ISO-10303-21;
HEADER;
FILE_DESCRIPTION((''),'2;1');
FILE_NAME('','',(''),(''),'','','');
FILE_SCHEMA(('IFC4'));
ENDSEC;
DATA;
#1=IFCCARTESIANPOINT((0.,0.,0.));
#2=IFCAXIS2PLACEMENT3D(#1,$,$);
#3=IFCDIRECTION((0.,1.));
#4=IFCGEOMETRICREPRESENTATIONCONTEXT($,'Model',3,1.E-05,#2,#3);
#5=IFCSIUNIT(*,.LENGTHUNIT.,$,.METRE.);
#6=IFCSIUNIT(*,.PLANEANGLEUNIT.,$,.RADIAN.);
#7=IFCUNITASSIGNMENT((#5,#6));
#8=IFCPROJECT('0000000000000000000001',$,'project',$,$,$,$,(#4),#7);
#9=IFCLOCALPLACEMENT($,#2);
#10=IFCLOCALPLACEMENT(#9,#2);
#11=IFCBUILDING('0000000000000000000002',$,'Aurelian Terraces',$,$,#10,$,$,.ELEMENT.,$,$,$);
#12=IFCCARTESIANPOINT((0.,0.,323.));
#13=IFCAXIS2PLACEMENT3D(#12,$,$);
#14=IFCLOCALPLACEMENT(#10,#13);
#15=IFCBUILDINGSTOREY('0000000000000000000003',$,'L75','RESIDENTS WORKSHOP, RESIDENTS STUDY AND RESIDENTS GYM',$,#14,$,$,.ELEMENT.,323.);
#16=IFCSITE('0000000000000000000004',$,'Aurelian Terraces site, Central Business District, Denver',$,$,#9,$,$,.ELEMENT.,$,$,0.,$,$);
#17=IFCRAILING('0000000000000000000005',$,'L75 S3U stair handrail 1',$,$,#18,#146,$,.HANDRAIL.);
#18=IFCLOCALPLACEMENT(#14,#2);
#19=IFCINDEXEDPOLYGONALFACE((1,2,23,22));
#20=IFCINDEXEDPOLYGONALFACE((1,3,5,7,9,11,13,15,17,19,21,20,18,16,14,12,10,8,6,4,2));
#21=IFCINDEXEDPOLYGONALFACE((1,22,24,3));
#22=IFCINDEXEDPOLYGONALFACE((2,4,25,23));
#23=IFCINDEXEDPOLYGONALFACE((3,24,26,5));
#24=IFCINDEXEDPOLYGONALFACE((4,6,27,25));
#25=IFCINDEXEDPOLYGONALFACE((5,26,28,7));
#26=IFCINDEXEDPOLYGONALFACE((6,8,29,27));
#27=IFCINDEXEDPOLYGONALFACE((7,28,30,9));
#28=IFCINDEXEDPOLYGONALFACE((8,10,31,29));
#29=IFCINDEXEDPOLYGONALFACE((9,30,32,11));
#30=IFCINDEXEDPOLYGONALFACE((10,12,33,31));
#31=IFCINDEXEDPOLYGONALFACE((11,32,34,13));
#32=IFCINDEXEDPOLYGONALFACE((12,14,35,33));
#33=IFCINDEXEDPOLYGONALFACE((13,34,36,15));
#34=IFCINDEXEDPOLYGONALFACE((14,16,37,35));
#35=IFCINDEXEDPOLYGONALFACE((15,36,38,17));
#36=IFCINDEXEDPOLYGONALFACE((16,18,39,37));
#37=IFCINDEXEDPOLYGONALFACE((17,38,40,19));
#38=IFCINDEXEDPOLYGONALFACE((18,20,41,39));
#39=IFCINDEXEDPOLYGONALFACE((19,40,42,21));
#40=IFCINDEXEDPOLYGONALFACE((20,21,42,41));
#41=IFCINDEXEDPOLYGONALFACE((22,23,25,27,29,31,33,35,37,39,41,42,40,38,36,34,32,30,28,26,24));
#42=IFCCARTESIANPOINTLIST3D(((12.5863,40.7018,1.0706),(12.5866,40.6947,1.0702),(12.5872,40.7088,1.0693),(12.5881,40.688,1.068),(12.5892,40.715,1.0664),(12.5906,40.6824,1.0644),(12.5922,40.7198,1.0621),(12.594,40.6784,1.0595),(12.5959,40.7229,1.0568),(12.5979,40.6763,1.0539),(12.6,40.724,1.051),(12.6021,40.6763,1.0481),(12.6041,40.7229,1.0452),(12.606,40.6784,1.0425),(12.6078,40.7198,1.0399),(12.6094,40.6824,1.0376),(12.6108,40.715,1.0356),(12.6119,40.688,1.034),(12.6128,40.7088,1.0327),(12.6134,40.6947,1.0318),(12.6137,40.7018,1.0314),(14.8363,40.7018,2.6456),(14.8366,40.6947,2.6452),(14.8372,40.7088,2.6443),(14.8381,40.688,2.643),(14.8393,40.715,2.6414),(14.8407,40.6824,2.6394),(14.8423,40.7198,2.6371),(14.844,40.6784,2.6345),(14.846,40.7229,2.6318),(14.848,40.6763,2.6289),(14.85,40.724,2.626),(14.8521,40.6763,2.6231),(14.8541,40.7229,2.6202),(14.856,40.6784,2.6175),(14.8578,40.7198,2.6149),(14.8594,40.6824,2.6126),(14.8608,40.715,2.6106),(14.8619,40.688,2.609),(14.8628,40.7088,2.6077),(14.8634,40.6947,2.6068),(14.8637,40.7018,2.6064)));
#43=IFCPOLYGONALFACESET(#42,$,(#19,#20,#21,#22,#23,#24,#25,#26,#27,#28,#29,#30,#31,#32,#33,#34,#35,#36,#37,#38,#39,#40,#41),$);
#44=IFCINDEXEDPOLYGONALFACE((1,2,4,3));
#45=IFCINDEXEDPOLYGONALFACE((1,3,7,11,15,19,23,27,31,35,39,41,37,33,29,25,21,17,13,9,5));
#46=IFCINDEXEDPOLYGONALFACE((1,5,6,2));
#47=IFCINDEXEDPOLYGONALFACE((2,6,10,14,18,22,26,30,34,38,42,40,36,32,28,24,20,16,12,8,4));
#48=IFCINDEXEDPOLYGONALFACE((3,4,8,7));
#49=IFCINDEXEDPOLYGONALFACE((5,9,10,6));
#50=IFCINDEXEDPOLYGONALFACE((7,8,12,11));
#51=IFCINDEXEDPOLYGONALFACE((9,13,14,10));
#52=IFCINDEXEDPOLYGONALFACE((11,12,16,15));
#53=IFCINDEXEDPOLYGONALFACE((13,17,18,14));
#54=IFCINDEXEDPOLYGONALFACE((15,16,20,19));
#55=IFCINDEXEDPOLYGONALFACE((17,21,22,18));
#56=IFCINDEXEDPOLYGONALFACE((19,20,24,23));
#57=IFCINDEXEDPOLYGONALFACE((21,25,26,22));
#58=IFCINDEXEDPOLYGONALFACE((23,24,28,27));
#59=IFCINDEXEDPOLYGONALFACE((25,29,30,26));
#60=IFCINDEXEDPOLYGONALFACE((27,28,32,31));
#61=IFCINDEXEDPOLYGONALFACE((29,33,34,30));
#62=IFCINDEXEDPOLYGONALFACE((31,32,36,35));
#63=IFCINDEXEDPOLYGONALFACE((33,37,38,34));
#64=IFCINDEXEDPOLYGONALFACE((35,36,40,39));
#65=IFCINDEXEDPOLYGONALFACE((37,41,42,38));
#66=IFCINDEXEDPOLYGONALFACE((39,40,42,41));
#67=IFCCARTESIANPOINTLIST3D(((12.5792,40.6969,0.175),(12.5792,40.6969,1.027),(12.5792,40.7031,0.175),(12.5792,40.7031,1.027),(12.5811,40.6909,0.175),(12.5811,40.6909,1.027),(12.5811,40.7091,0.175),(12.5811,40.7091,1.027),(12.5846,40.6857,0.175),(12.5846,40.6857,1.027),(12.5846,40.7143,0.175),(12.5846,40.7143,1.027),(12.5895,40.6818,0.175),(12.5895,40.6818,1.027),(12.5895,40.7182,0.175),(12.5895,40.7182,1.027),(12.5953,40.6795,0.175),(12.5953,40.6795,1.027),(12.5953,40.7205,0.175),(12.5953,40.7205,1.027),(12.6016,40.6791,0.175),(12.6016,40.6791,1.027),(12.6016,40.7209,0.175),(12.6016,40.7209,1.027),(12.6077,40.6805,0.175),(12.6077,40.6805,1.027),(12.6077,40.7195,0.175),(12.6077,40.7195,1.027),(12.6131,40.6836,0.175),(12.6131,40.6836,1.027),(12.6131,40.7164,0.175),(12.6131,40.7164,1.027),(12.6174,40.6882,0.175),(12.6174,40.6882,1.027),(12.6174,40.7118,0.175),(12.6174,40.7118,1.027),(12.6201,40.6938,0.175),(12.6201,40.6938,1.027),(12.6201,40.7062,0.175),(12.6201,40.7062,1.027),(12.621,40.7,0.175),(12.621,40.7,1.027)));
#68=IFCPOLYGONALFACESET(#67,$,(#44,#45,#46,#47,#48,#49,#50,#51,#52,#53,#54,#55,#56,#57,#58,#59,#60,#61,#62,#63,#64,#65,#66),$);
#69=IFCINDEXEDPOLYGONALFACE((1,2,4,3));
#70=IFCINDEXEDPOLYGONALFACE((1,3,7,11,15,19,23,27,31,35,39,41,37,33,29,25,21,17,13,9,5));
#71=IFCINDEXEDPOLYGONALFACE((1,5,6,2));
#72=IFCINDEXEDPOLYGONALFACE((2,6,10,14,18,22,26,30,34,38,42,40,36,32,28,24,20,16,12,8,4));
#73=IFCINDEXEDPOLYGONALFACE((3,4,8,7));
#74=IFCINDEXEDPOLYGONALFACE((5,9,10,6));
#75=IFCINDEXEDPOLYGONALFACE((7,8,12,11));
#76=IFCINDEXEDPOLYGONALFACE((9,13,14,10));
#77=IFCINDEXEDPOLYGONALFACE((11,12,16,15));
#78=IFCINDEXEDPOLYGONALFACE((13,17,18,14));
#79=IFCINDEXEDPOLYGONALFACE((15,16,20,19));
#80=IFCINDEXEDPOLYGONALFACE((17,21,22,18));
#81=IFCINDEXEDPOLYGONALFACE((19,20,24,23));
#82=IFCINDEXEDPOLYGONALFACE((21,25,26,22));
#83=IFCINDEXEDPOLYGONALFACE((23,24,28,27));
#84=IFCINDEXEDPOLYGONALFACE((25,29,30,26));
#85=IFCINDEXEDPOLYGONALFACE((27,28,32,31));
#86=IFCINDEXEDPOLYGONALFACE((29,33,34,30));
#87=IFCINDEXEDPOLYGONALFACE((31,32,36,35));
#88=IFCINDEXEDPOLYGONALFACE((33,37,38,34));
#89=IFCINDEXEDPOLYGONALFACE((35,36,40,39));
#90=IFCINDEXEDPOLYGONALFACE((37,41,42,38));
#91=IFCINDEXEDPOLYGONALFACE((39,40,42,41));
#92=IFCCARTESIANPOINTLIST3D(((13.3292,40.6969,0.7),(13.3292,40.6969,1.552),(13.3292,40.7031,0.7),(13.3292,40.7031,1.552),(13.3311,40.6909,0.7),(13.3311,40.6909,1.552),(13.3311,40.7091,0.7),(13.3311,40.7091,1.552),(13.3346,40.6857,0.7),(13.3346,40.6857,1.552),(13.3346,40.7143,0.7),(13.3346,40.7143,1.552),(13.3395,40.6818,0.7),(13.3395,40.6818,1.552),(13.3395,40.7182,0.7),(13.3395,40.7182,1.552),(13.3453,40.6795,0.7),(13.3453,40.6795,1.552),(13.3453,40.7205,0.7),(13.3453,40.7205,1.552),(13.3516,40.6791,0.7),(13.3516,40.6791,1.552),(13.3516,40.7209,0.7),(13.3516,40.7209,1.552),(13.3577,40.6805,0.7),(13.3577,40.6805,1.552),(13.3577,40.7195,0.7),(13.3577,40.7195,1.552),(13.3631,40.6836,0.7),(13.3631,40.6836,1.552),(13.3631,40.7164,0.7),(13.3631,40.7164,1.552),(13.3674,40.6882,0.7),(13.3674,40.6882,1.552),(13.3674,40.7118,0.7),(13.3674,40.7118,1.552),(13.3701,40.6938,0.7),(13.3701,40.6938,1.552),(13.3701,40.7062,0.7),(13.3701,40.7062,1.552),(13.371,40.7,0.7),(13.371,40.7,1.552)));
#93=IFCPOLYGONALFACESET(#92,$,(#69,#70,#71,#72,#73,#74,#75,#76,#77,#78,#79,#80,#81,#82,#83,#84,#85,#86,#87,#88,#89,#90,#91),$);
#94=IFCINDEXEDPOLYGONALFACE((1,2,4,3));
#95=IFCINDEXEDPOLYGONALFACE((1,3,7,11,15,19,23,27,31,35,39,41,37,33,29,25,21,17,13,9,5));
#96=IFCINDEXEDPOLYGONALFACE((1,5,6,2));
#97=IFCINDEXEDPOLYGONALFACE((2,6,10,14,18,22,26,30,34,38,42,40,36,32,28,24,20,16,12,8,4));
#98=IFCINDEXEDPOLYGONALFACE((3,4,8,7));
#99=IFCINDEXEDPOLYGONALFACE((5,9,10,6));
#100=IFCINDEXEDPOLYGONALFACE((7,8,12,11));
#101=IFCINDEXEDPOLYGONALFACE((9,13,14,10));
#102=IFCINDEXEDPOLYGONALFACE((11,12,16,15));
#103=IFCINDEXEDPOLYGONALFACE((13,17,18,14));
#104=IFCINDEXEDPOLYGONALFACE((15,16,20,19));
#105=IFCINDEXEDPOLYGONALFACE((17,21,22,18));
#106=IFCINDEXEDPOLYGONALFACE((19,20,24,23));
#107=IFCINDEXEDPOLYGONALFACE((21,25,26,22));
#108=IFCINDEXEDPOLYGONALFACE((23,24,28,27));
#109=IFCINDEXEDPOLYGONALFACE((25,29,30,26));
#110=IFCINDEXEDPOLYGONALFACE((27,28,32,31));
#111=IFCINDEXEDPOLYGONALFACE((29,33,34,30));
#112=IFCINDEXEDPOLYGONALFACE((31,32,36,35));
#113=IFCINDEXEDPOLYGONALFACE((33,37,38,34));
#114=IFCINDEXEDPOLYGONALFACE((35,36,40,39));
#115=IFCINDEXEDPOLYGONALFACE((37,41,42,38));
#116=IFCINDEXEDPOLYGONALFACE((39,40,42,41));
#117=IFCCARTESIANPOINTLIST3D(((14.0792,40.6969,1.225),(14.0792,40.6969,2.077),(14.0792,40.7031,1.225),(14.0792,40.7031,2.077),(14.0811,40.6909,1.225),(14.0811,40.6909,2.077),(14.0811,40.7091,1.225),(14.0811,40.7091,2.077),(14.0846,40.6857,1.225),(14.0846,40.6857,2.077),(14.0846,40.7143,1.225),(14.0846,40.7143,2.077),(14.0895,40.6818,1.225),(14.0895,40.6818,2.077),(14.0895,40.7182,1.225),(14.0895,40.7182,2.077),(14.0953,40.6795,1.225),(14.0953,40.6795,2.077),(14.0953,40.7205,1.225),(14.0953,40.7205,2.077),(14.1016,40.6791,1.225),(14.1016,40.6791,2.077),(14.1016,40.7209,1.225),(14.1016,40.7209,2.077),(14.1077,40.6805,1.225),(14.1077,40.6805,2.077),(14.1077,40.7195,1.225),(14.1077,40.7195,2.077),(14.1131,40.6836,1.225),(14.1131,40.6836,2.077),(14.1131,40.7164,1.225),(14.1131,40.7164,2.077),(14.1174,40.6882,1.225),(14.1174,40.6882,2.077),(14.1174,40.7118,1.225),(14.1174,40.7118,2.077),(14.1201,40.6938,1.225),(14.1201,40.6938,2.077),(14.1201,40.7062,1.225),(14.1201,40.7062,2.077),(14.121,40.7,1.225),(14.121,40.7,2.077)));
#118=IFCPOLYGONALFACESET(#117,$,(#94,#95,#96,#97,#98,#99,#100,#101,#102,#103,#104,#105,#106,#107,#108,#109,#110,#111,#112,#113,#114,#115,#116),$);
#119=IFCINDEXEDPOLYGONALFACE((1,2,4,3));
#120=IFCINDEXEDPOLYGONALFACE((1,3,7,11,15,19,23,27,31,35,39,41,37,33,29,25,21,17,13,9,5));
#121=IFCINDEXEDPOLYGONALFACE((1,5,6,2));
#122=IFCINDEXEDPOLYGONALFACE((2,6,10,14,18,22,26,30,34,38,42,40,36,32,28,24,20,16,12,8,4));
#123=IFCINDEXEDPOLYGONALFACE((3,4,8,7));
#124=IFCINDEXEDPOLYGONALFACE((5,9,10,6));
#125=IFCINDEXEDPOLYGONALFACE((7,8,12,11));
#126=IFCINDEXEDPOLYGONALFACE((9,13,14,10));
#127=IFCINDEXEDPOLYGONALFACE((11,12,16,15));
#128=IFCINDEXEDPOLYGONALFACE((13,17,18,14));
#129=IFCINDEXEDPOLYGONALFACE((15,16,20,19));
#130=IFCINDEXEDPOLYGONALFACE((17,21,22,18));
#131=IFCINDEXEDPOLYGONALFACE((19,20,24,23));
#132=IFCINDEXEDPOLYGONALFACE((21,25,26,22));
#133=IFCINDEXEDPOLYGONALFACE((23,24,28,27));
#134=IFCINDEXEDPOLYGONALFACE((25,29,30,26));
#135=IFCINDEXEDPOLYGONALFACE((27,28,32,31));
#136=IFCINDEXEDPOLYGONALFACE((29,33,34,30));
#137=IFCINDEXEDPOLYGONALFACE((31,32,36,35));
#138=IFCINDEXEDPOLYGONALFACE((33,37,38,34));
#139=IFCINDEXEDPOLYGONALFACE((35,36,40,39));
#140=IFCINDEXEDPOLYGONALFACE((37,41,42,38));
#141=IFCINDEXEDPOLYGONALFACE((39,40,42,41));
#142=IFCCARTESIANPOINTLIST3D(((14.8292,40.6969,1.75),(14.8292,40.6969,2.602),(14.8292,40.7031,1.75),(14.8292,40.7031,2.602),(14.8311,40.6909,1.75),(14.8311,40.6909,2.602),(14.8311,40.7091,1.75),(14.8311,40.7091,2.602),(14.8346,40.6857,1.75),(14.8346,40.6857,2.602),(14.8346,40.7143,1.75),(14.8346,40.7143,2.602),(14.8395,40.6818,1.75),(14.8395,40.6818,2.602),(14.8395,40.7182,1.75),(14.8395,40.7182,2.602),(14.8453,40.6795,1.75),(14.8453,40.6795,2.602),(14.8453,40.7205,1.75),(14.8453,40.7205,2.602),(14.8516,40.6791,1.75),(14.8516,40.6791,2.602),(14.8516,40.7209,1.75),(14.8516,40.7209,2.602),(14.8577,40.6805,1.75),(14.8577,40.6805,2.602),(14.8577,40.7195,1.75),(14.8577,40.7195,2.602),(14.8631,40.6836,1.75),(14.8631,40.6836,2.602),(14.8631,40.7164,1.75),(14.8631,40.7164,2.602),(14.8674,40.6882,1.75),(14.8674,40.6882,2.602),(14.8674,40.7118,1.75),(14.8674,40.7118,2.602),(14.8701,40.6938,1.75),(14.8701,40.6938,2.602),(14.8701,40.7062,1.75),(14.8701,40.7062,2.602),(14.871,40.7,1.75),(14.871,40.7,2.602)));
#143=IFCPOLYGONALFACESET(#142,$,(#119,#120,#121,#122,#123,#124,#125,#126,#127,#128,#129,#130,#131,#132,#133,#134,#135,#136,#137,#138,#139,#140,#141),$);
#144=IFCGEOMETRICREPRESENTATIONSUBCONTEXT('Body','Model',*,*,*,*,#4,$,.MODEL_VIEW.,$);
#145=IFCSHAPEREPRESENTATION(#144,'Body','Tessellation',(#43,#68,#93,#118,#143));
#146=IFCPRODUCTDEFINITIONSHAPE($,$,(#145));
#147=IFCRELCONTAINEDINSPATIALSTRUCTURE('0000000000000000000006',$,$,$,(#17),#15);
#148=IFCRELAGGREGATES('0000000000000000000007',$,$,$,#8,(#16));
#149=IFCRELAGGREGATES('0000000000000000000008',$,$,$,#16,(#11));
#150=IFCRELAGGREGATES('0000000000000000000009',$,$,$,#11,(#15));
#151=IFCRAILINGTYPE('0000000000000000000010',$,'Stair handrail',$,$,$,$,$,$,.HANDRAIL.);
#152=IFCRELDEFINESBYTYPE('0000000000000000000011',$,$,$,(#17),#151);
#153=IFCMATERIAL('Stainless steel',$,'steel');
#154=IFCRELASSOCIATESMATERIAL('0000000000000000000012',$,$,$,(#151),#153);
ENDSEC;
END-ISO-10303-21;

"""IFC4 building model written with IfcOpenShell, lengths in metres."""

from ifc_helpers import new_model, si_unit, direction, frame, origin, origin_2d, place, context, subcontext, project, spatial, circle, extrude, source, transform, mapped, material, type_object, element, save


model = new_model("IFC4")

# Units and contexts
model_context = context("Model", 3, precision=1e-05, world=origin(), true_north=direction((0.0, 1.0)))
body_context = subcontext(model_context, "Body", "Model", "MODEL_VIEW")
ifc_project = project(units=[si_unit("LENGTHUNIT", "METRE"), si_unit("PLANEANGLEUNIT", "RADIAN")], contexts=[model_context])

# Site, building, storey
site_placement = place(None, origin())
site = spatial("IfcSite", under=ifc_project, at=site_placement, Name="Aurelian Terraces site, Central Business District, Denver", CompositionType="ELEMENT", RefElevation=0.0)
building_placement = place(site_placement, origin())
building = spatial("IfcBuilding", under=site, at=building_placement, Name="Aurelian Terraces", CompositionType="ELEMENT")
storey_placement = place(building_placement, frame((0.0, 0.0, 323.0)))
storey = spatial("IfcBuildingStorey", under=building, at=storey_placement, Name="L75", Description="RESIDENTS WORKSHOP, RESIDENTS STUDY AND RESIDENTS GYM", CompositionType="ELEMENT", Elevation=323.0)

# Railing
ifc_material_1 = material(Name="Stainless steel", Category="steel")
railing_type_1 = type_object("IfcRailingType", Name="Stair handrail", PredefinedType="HANDRAIL", material=ifc_material_1)
shared_shape_1 = source(origin(), body_context, "Body", "SweptSolid", [
    extrude(circle(Radius=0.024, at=origin_2d()), frame((0.0, 0.0, 0.876), z_axis=(0.819232, 0.0, 0.573462), x_axis=(0.0, 1.0, 0.0)), (0.0, 0.0, 1.0), 2.7465),
    extrude(circle(Radius=0.021, at=origin_2d()), origin(), (0.0, 0.0, 1.0), 0.852),
    extrude(circle(Radius=0.021, at=origin_2d()), frame((0.75, 0.0, 0.525)), (0.0, 0.0, 1.0), 0.852),
    extrude(circle(Radius=0.021, at=origin_2d()), frame((1.5, 0.0, 1.05)), (0.0, 0.0, 1.0), 0.852),
    extrude(circle(Radius=0.021, at=origin_2d()), frame((2.25, 0.0, 1.575)), (0.0, 0.0, 1.0), 0.852),
])
railing_1_placement = place(storey_placement, frame((12.6, 40.7, 0.175)))
element("IfcRailing", 1, at=railing_1_placement, inside=storey, type_object=railing_type_1, Name="L75 S3U stair handrail 1", PredefinedType="HANDRAIL", context=body_context, shape_type="MappedRepresentation", body=[
    mapped(shared_shape_1, transform((0.0, 0.0, 0.0), scale=1.0)),
])

save(model, "model.ifc")
